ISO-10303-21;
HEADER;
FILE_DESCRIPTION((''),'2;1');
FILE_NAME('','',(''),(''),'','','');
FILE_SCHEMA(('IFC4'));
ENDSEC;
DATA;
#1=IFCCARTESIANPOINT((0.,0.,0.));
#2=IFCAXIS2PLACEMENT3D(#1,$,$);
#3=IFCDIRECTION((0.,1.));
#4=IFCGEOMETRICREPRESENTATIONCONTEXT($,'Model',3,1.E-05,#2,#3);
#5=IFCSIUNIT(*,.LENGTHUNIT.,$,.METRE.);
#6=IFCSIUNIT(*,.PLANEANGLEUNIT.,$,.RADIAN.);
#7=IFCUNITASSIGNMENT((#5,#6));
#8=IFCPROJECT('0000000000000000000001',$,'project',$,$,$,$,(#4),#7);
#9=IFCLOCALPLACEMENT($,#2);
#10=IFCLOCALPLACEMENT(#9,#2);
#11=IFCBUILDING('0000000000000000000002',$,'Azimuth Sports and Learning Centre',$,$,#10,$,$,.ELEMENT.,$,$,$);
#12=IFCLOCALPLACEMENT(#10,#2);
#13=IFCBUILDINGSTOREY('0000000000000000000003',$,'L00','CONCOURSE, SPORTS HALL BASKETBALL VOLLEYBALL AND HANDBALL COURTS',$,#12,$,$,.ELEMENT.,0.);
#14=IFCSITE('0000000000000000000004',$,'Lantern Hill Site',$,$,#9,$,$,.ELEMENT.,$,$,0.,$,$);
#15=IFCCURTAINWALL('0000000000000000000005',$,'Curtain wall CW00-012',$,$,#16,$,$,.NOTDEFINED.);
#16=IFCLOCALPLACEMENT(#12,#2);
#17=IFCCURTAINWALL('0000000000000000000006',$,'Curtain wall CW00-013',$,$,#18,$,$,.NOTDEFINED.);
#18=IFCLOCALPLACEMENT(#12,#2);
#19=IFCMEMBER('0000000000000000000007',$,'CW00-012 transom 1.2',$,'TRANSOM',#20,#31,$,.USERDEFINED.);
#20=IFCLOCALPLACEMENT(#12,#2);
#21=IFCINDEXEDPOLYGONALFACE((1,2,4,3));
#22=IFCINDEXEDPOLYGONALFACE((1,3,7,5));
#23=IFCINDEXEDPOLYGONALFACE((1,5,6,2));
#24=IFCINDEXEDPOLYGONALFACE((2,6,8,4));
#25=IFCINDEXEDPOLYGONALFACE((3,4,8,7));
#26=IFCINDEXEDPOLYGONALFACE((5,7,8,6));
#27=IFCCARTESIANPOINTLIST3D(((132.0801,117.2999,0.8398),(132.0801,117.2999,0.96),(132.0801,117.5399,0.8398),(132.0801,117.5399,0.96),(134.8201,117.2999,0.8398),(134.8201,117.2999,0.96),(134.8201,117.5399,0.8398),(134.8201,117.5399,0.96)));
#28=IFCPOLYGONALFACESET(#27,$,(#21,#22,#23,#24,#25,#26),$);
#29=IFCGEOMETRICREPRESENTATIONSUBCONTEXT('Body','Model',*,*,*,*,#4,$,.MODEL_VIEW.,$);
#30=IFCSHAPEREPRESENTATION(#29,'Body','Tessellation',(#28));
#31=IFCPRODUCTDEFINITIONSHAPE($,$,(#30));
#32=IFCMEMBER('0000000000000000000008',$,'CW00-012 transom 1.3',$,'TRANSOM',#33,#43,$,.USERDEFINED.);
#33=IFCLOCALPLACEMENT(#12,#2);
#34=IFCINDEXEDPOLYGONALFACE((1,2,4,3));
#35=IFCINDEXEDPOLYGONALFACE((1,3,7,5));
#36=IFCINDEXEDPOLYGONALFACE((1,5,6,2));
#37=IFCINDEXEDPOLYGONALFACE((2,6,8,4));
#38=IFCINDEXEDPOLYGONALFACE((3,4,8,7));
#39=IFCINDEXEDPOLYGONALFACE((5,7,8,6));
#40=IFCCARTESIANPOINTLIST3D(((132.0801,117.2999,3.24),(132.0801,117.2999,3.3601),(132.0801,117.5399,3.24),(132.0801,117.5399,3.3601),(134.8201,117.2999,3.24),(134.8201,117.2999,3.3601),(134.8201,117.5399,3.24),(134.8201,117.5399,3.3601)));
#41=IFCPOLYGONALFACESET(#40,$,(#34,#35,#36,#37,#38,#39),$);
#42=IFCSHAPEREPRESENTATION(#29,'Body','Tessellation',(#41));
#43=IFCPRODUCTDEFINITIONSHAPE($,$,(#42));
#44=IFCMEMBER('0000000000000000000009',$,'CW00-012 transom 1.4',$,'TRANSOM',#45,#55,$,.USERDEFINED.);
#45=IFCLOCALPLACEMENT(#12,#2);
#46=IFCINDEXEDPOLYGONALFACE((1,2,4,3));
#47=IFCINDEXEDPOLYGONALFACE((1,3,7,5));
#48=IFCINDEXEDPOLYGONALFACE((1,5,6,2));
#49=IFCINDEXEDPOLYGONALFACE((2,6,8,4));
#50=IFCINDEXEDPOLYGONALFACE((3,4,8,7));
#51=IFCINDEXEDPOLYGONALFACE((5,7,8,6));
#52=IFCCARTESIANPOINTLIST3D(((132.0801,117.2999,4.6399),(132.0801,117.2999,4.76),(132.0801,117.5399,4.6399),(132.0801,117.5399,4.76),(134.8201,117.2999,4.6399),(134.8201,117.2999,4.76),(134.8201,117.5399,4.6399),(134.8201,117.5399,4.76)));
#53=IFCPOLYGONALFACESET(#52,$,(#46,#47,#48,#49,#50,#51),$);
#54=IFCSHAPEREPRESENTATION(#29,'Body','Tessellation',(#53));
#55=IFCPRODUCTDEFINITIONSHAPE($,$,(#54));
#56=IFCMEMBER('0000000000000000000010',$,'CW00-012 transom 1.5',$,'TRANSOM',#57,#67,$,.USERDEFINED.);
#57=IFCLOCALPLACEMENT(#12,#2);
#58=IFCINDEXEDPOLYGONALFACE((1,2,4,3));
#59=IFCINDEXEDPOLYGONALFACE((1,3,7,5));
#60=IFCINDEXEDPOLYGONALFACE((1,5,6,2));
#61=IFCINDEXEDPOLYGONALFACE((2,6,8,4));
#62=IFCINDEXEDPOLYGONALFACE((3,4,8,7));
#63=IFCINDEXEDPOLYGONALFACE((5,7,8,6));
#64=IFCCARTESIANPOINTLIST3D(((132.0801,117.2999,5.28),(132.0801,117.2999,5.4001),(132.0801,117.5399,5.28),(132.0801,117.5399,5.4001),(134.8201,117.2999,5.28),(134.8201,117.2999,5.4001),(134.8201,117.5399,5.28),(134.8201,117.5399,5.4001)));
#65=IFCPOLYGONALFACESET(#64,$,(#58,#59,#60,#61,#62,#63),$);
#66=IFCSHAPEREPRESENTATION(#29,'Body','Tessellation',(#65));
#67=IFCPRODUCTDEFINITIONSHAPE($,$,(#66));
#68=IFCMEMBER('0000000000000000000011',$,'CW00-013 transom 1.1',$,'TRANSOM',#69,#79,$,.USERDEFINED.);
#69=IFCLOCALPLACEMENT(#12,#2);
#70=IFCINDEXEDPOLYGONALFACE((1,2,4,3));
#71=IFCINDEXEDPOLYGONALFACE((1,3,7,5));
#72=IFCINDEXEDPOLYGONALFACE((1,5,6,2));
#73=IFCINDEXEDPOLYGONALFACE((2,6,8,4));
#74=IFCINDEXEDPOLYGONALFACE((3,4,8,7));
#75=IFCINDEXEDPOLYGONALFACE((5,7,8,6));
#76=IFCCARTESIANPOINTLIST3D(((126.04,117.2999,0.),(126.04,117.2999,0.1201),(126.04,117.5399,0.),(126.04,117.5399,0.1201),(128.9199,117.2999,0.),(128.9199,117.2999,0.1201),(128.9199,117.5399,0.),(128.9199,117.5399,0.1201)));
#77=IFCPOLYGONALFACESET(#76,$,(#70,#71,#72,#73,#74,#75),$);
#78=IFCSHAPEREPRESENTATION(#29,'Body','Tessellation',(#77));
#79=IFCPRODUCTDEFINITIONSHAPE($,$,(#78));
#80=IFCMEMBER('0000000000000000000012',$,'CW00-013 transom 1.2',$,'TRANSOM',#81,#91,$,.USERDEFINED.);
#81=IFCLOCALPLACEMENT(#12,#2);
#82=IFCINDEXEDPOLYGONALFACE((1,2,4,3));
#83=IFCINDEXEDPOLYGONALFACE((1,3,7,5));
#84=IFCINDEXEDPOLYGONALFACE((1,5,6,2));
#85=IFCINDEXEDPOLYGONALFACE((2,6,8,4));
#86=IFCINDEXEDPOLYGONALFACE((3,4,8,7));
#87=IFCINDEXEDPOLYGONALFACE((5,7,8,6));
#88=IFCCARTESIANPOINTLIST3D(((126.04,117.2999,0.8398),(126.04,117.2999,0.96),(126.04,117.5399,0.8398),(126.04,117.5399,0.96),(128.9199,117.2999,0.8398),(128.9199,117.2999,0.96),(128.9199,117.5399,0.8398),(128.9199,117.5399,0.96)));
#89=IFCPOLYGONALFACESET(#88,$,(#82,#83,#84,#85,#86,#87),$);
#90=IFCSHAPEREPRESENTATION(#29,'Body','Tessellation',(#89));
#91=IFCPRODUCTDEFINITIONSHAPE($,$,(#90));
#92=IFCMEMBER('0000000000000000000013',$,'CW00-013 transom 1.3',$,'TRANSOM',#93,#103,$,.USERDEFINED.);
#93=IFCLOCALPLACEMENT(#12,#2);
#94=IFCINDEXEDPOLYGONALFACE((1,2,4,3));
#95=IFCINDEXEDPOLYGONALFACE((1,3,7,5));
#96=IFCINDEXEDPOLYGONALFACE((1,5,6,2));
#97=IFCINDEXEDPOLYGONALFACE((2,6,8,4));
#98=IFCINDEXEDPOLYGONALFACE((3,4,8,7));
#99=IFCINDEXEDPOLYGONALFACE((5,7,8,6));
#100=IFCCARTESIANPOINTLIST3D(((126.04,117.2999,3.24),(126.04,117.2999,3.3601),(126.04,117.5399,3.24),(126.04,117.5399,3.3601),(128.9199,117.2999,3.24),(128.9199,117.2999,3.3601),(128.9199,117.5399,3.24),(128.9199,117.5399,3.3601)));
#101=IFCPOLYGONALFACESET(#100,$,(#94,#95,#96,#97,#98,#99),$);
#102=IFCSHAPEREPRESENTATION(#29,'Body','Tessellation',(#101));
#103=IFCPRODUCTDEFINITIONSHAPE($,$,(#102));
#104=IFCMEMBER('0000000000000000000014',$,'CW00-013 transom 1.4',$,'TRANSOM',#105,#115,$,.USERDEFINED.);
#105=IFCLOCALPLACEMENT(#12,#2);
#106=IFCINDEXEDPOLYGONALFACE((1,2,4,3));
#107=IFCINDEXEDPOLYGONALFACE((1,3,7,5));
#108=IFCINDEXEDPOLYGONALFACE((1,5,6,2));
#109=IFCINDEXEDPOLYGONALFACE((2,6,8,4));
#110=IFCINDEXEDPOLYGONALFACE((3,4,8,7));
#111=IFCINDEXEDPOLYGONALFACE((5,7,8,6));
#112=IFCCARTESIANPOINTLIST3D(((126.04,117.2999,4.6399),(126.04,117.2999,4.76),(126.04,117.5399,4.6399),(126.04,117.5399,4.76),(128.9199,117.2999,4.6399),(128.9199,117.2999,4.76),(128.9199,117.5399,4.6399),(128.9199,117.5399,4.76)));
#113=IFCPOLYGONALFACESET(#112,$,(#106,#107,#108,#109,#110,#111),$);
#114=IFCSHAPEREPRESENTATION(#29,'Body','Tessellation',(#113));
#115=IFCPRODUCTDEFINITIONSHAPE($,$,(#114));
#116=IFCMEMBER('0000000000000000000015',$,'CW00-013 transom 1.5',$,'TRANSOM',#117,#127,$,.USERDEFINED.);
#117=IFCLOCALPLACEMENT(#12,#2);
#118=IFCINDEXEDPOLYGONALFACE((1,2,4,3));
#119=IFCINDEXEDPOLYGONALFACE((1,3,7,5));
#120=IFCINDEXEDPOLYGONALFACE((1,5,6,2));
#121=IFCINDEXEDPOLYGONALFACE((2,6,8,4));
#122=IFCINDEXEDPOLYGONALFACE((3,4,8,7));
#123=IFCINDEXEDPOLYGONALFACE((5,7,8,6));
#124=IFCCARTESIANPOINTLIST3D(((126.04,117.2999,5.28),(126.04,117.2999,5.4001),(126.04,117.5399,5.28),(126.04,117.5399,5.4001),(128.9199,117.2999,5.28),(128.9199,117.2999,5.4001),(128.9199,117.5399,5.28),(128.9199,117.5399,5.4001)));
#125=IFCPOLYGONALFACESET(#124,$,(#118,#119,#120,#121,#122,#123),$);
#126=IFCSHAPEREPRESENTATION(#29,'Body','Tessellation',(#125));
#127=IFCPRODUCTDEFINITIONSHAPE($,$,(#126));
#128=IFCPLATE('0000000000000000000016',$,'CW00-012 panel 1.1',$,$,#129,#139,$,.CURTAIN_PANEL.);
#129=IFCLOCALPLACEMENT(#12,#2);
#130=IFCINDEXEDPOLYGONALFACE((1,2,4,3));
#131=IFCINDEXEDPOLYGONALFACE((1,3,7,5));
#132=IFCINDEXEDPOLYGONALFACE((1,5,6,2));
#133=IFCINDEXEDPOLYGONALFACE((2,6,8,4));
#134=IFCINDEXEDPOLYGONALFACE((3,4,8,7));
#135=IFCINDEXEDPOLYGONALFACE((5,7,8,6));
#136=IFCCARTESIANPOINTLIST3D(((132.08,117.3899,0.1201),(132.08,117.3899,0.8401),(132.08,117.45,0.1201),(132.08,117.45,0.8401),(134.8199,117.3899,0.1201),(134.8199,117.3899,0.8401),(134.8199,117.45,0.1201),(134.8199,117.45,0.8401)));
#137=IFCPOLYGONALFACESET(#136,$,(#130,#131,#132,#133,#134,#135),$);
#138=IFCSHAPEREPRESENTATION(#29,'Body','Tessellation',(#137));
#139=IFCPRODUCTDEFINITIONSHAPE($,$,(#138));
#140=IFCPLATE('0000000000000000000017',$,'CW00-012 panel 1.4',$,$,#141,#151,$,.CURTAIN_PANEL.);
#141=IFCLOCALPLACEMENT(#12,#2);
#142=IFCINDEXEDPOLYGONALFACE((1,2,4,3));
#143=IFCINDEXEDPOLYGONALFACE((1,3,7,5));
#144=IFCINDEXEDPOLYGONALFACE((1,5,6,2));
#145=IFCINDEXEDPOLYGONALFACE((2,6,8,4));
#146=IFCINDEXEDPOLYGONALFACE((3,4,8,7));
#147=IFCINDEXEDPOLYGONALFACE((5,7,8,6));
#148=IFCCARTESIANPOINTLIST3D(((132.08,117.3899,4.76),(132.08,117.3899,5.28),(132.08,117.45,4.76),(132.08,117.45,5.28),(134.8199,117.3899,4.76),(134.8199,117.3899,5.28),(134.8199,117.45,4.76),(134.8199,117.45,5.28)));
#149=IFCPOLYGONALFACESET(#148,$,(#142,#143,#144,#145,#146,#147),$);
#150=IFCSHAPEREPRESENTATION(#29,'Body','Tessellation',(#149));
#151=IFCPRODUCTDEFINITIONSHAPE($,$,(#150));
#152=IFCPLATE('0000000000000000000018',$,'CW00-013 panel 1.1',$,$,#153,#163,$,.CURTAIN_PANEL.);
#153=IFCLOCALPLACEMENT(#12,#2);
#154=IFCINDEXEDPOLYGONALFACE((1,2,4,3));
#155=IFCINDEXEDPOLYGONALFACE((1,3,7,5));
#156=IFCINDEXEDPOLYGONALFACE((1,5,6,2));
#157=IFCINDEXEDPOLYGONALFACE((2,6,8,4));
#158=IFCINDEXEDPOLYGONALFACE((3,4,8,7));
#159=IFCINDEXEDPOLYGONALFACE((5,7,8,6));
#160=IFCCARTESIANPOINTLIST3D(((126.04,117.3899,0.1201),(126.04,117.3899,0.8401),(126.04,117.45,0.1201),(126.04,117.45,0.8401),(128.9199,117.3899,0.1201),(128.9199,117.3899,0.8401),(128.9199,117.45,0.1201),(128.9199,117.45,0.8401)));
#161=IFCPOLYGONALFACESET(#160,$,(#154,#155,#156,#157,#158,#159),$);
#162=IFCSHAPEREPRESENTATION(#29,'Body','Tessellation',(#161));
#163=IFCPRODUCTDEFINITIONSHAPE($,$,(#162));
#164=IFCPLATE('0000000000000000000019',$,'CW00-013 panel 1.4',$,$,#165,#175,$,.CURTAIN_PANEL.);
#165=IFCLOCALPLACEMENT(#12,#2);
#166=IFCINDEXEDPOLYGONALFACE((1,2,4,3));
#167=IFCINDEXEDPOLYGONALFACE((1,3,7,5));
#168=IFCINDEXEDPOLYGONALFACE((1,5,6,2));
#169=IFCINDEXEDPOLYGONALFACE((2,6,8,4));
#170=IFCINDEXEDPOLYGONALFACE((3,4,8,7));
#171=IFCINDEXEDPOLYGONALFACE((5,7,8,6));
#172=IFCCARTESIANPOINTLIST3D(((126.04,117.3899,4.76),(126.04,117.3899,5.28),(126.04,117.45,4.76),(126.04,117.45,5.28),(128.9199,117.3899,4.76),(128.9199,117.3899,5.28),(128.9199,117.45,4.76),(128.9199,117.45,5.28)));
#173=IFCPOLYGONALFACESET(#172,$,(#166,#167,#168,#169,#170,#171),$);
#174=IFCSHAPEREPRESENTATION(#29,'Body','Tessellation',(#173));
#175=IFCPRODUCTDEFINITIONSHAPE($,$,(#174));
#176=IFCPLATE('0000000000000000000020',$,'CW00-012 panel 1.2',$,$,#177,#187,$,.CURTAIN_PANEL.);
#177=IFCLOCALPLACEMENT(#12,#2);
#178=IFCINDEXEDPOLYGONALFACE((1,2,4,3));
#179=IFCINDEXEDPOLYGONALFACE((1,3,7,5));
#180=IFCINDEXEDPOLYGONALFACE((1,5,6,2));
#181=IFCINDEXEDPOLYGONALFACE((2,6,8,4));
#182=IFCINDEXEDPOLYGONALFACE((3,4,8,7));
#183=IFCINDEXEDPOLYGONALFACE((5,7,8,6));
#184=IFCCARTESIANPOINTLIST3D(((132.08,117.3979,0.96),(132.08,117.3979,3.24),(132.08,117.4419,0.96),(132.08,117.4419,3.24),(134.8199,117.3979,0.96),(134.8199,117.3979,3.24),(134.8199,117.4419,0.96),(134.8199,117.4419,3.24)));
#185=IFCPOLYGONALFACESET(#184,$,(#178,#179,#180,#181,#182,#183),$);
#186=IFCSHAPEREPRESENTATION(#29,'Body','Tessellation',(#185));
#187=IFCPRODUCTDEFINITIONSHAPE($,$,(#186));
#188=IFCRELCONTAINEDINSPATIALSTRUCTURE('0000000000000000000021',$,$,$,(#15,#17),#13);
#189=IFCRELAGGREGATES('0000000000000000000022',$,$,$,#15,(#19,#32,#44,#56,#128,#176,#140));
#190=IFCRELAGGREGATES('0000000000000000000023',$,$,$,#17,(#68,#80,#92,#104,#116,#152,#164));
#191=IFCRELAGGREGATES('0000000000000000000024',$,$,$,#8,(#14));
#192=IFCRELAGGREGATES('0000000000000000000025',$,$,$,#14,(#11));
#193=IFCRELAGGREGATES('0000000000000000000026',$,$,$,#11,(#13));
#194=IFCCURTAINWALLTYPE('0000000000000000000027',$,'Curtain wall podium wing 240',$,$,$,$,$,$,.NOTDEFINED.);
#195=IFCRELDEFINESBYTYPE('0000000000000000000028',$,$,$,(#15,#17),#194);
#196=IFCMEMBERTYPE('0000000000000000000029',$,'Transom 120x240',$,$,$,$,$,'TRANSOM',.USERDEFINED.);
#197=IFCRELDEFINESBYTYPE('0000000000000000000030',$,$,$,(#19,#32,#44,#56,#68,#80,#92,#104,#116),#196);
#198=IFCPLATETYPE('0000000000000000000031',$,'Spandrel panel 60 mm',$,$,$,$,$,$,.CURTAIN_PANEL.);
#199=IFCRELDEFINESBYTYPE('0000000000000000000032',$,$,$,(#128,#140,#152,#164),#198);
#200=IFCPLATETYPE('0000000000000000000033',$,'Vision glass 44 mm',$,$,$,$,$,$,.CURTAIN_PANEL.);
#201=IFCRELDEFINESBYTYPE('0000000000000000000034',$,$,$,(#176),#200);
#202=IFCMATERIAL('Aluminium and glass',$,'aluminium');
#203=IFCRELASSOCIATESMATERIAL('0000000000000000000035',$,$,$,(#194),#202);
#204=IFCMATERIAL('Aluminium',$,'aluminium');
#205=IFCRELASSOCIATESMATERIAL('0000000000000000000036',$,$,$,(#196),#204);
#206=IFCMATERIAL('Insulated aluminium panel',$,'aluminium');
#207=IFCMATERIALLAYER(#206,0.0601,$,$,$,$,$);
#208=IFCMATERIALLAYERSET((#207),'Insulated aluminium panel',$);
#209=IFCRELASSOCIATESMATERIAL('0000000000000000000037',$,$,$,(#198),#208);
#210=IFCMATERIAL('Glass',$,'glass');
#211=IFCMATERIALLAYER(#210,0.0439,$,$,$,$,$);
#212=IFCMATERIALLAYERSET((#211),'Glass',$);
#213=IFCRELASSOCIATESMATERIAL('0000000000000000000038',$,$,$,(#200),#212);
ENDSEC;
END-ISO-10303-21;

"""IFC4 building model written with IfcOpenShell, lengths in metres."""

from ifc_helpers import new_model, si_unit, direction, frame, origin, origin_2d, place, context, subcontext, project, spatial, rectangle, extrude, material, layer, layer_set, material_profile, profile_set, type_object, element, aggregate, save


model = new_model("IFC4")

# Units and contexts
model_context = context("Model", 3, precision=1e-05, world=origin(), true_north=direction((0.0, 1.0)))
body_context = subcontext(model_context, "Body", "Model", "MODEL_VIEW")
ifc_project = project(units=[si_unit("LENGTHUNIT", "METRE"), si_unit("PLANEANGLEUNIT", "RADIAN")], contexts=[model_context])

# Site, building, storey
site_placement = place(None, origin())
site = spatial("IfcSite", under=ifc_project, at=site_placement, Name="Lantern Hill Site", CompositionType="ELEMENT", RefElevation=0.0)
building_placement = place(site_placement, origin())
building = spatial("IfcBuilding", under=site, at=building_placement, Name="Azimuth Sports and Learning Centre", CompositionType="ELEMENT")
storey_placement = place(building_placement, origin())
storey = spatial("IfcBuildingStorey", under=building, at=storey_placement, Name="L00", Description="CONCOURSE, SPORTS HALL BASKETBALL VOLLEYBALL AND HANDBALL COURTS", CompositionType="ELEMENT", Elevation=0.0)

# Curtain wall
ifc_material_1 = material(Name="Aluminium and glass", Category="aluminium")
curtain_wall_type = type_object("IfcCurtainWallType", Name="Curtain wall podium wing 240", PredefinedType="NOTDEFINED", material=ifc_material_1)
curtain_wall_1_placement = place(storey_placement, origin())
curtain_wall_1 = element("IfcCurtainWall", 1, at=curtain_wall_1_placement, inside=storey, type_object=curtain_wall_type, Name="Curtain wall CW00-012", PredefinedType="NOTDEFINED")

# Curtain wall
curtain_wall_2_placement = place(storey_placement, origin())
curtain_wall_2 = element("IfcCurtainWall", 2, at=curtain_wall_2_placement, inside=storey, type_object=curtain_wall_type, Name="Curtain wall CW00-013", PredefinedType="NOTDEFINED")

# Members
ifc_material_2 = material(Name="Aluminium", Category="aluminium")
ifc_material_profile_1 = material_profile(ifc_material_2, rectangle(XDim=0.24, YDim=0.1201, at=origin_2d()), Name="Transom 120x240")
ifc_profile_set_1 = profile_set([ifc_material_profile_1], Name="Aluminium")
member_type_1 = type_object("IfcMemberType", Name="Transom 120x240", ElementType="TRANSOM", PredefinedType="USERDEFINED", material=ifc_profile_set_1)
member_1_placement = place(storey_placement, frame((134.8201, 117.4199, 0.8999), z_axis=(-1.0, 0.0, 0.0), x_axis=(0.0, -1.0, 0.0)))
member_1 = element("IfcMember", 3, at=member_1_placement, type_object=member_type_1, Name="CW00-012 transom 1.2", ObjectType="TRANSOM", PredefinedType="USERDEFINED", context=body_context, shape_type="SweptSolid", body=[
    extrude(rectangle(XDim=0.24, YDim=0.1201, at=origin_2d()), origin(), (0.0, 0.0, 1.0), 2.74),
])
member_2_placement = place(storey_placement, frame((134.8201, 117.4199, 3.3), z_axis=(-1.0, 0.0, 0.0), x_axis=(0.0, -1.0, 0.0)))
member_2 = element("IfcMember", 4, at=member_2_placement, type_object=member_type_1, Name="CW00-012 transom 1.3", ObjectType="TRANSOM", PredefinedType="USERDEFINED", context=body_context, shape_type="SweptSolid", body=[
    extrude(rectangle(XDim=0.24, YDim=0.1201, at=origin_2d()), origin(), (0.0, 0.0, 1.0), 2.74),
])
member_3_placement = place(storey_placement, frame((134.8201, 117.4199, 4.7), z_axis=(-1.0, 0.0, 0.0), x_axis=(0.0, -1.0, 0.0)))
member_3 = element("IfcMember", 5, at=member_3_placement, type_object=member_type_1, Name="CW00-012 transom 1.4", ObjectType="TRANSOM", PredefinedType="USERDEFINED", context=body_context, shape_type="SweptSolid", body=[
    extrude(rectangle(XDim=0.24, YDim=0.1201, at=origin_2d()), origin(), (0.0, 0.0, 1.0), 2.74),
])
member_4_placement = place(storey_placement, frame((134.8201, 117.4199, 5.3401), z_axis=(-1.0, 0.0, 0.0), x_axis=(0.0, -1.0, 0.0)))
member_4 = element("IfcMember", 6, at=member_4_placement, type_object=member_type_1, Name="CW00-012 transom 1.5", ObjectType="TRANSOM", PredefinedType="USERDEFINED", context=body_context, shape_type="SweptSolid", body=[
    extrude(rectangle(XDim=0.24, YDim=0.1201, at=origin_2d()), origin(), (0.0, 0.0, 1.0), 2.74),
])
member_5_placement = place(storey_placement, frame((128.9199, 117.4199, 0.0601), z_axis=(-1.0, 0.0, 0.0), x_axis=(0.0, -1.0, 0.0)))
member_5 = element("IfcMember", 7, at=member_5_placement, type_object=member_type_1, Name="CW00-013 transom 1.1", ObjectType="TRANSOM", PredefinedType="USERDEFINED", context=body_context, shape_type="SweptSolid", body=[
    extrude(rectangle(XDim=0.24, YDim=0.1201, at=origin_2d()), origin(), (0.0, 0.0, 1.0), 2.8799),
])
member_6_placement = place(storey_placement, frame((128.9199, 117.4199, 0.8999), z_axis=(-1.0, 0.0, 0.0), x_axis=(0.0, -1.0, 0.0)))
member_6 = element("IfcMember", 8, at=member_6_placement, type_object=member_type_1, Name="CW00-013 transom 1.2", ObjectType="TRANSOM", PredefinedType="USERDEFINED", context=body_context, shape_type="SweptSolid", body=[
    extrude(rectangle(XDim=0.24, YDim=0.1201, at=origin_2d()), origin(), (0.0, 0.0, 1.0), 2.8799),
])
member_7_placement = place(storey_placement, frame((128.9199, 117.4199, 3.3), z_axis=(-1.0, 0.0, 0.0), x_axis=(0.0, -1.0, 0.0)))
member_7 = element("IfcMember", 9, at=member_7_placement, type_object=member_type_1, Name="CW00-013 transom 1.3", ObjectType="TRANSOM", PredefinedType="USERDEFINED", context=body_context, shape_type="SweptSolid", body=[
    extrude(rectangle(XDim=0.24, YDim=0.1201, at=origin_2d()), origin(), (0.0, 0.0, 1.0), 2.8799),
])
member_8_placement = place(storey_placement, frame((128.9199, 117.4199, 4.7), z_axis=(-1.0, 0.0, 0.0), x_axis=(0.0, -1.0, 0.0)))
member_8 = element("IfcMember", 10, at=member_8_placement, type_object=member_type_1, Name="CW00-013 transom 1.4", ObjectType="TRANSOM", PredefinedType="USERDEFINED", context=body_context, shape_type="SweptSolid", body=[
    extrude(rectangle(XDim=0.24, YDim=0.1201, at=origin_2d()), origin(), (0.0, 0.0, 1.0), 2.8799),
])
member_9_placement = place(storey_placement, frame((128.9199, 117.4199, 5.3401), z_axis=(-1.0, 0.0, 0.0), x_axis=(0.0, -1.0, 0.0)))
member_9 = element("IfcMember", 11, at=member_9_placement, type_object=member_type_1, Name="CW00-013 transom 1.5", ObjectType="TRANSOM", PredefinedType="USERDEFINED", context=body_context, shape_type="SweptSolid", body=[
    extrude(rectangle(XDim=0.24, YDim=0.1201, at=origin_2d()), origin(), (0.0, 0.0, 1.0), 2.8799),
])

# Plates
ifc_material_3 = material(Name="Insulated aluminium panel", Category="aluminium")
ifc_layer_1 = layer(ifc_material_3, 0.0601)
ifc_layer_set_1 = layer_set([ifc_layer_1], Name="Insulated aluminium panel")
plate_type_1 = type_object("IfcPlateType", Name="Spandrel panel 60 mm", PredefinedType="CURTAIN_PANEL", material=ifc_layer_set_1)
plate_1_placement = place(storey_placement, frame((133.45, 117.4199, 0.1201), z_axis=(0.0, 0.0, 1.0), x_axis=(-1.0, 0.0, 0.0)))
plate_1 = element("IfcPlate", 12, at=plate_1_placement, type_object=plate_type_1, Name="CW00-012 panel 1.1", PredefinedType="CURTAIN_PANEL", context=body_context, shape_type="SweptSolid", body=[
    extrude(rectangle(XDim=2.74, YDim=0.0601, at=origin_2d()), origin(), (0.0, 0.0, 1.0), 0.72),
])
plate_2_placement = place(storey_placement, frame((133.45, 117.4199, 4.76), z_axis=(0.0, 0.0, 1.0), x_axis=(-1.0, 0.0, 0.0)))
plate_2 = element("IfcPlate", 13, at=plate_2_placement, type_object=plate_type_1, Name="CW00-012 panel 1.4", PredefinedType="CURTAIN_PANEL", context=body_context, shape_type="SweptSolid", body=[
    extrude(rectangle(XDim=2.74, YDim=0.0601, at=origin_2d()), origin(), (0.0, 0.0, 1.0), 0.52),
])
plate_3_placement = place(storey_placement, frame((127.48, 117.4199, 0.1201), z_axis=(0.0, 0.0, 1.0), x_axis=(-1.0, 0.0, 0.0)))
plate_3 = element("IfcPlate", 14, at=plate_3_placement, type_object=plate_type_1, Name="CW00-013 panel 1.1", PredefinedType="CURTAIN_PANEL", context=body_context, shape_type="SweptSolid", body=[
    extrude(rectangle(XDim=2.8799, YDim=0.0601, at=origin_2d()), origin(), (0.0, 0.0, 1.0), 0.72),
])
plate_4_placement = place(storey_placement, frame((127.48, 117.4199, 4.76), z_axis=(0.0, 0.0, 1.0), x_axis=(-1.0, 0.0, 0.0)))
plate_4 = element("IfcPlate", 15, at=plate_4_placement, type_object=plate_type_1, Name="CW00-013 panel 1.4", PredefinedType="CURTAIN_PANEL", context=body_context, shape_type="SweptSolid", body=[
    extrude(rectangle(XDim=2.8799, YDim=0.0601, at=origin_2d()), origin(), (0.0, 0.0, 1.0), 0.52),
])
ifc_material_4 = material(Name="Glass", Category="glass")
ifc_layer_2 = layer(ifc_material_4, 0.0439)
ifc_layer_set_2 = layer_set([ifc_layer_2], Name="Glass")
plate_type_2 = type_object("IfcPlateType", Name="Vision glass 44 mm", PredefinedType="CURTAIN_PANEL", material=ifc_layer_set_2)
plate_5_placement = place(storey_placement, frame((133.45, 117.4199, 0.96), z_axis=(0.0, 0.0, 1.0), x_axis=(-1.0, 0.0, 0.0)))
plate_5 = element("IfcPlate", 16, at=plate_5_placement, type_object=plate_type_2, Name="CW00-012 panel 1.2", PredefinedType="CURTAIN_PANEL", context=body_context, shape_type="SweptSolid", body=[
    extrude(rectangle(XDim=2.74, YDim=0.0439, at=origin_2d()), origin(), (0.0, 0.0, 1.0), 2.28),
])
aggregate(curtain_wall_1, [member_1, member_2, member_3, member_4, plate_1, plate_5, plate_2])
aggregate(curtain_wall_2, [member_5, member_6, member_7, member_8, member_9, plate_3, plate_4])

save(model, "model.ifc")
